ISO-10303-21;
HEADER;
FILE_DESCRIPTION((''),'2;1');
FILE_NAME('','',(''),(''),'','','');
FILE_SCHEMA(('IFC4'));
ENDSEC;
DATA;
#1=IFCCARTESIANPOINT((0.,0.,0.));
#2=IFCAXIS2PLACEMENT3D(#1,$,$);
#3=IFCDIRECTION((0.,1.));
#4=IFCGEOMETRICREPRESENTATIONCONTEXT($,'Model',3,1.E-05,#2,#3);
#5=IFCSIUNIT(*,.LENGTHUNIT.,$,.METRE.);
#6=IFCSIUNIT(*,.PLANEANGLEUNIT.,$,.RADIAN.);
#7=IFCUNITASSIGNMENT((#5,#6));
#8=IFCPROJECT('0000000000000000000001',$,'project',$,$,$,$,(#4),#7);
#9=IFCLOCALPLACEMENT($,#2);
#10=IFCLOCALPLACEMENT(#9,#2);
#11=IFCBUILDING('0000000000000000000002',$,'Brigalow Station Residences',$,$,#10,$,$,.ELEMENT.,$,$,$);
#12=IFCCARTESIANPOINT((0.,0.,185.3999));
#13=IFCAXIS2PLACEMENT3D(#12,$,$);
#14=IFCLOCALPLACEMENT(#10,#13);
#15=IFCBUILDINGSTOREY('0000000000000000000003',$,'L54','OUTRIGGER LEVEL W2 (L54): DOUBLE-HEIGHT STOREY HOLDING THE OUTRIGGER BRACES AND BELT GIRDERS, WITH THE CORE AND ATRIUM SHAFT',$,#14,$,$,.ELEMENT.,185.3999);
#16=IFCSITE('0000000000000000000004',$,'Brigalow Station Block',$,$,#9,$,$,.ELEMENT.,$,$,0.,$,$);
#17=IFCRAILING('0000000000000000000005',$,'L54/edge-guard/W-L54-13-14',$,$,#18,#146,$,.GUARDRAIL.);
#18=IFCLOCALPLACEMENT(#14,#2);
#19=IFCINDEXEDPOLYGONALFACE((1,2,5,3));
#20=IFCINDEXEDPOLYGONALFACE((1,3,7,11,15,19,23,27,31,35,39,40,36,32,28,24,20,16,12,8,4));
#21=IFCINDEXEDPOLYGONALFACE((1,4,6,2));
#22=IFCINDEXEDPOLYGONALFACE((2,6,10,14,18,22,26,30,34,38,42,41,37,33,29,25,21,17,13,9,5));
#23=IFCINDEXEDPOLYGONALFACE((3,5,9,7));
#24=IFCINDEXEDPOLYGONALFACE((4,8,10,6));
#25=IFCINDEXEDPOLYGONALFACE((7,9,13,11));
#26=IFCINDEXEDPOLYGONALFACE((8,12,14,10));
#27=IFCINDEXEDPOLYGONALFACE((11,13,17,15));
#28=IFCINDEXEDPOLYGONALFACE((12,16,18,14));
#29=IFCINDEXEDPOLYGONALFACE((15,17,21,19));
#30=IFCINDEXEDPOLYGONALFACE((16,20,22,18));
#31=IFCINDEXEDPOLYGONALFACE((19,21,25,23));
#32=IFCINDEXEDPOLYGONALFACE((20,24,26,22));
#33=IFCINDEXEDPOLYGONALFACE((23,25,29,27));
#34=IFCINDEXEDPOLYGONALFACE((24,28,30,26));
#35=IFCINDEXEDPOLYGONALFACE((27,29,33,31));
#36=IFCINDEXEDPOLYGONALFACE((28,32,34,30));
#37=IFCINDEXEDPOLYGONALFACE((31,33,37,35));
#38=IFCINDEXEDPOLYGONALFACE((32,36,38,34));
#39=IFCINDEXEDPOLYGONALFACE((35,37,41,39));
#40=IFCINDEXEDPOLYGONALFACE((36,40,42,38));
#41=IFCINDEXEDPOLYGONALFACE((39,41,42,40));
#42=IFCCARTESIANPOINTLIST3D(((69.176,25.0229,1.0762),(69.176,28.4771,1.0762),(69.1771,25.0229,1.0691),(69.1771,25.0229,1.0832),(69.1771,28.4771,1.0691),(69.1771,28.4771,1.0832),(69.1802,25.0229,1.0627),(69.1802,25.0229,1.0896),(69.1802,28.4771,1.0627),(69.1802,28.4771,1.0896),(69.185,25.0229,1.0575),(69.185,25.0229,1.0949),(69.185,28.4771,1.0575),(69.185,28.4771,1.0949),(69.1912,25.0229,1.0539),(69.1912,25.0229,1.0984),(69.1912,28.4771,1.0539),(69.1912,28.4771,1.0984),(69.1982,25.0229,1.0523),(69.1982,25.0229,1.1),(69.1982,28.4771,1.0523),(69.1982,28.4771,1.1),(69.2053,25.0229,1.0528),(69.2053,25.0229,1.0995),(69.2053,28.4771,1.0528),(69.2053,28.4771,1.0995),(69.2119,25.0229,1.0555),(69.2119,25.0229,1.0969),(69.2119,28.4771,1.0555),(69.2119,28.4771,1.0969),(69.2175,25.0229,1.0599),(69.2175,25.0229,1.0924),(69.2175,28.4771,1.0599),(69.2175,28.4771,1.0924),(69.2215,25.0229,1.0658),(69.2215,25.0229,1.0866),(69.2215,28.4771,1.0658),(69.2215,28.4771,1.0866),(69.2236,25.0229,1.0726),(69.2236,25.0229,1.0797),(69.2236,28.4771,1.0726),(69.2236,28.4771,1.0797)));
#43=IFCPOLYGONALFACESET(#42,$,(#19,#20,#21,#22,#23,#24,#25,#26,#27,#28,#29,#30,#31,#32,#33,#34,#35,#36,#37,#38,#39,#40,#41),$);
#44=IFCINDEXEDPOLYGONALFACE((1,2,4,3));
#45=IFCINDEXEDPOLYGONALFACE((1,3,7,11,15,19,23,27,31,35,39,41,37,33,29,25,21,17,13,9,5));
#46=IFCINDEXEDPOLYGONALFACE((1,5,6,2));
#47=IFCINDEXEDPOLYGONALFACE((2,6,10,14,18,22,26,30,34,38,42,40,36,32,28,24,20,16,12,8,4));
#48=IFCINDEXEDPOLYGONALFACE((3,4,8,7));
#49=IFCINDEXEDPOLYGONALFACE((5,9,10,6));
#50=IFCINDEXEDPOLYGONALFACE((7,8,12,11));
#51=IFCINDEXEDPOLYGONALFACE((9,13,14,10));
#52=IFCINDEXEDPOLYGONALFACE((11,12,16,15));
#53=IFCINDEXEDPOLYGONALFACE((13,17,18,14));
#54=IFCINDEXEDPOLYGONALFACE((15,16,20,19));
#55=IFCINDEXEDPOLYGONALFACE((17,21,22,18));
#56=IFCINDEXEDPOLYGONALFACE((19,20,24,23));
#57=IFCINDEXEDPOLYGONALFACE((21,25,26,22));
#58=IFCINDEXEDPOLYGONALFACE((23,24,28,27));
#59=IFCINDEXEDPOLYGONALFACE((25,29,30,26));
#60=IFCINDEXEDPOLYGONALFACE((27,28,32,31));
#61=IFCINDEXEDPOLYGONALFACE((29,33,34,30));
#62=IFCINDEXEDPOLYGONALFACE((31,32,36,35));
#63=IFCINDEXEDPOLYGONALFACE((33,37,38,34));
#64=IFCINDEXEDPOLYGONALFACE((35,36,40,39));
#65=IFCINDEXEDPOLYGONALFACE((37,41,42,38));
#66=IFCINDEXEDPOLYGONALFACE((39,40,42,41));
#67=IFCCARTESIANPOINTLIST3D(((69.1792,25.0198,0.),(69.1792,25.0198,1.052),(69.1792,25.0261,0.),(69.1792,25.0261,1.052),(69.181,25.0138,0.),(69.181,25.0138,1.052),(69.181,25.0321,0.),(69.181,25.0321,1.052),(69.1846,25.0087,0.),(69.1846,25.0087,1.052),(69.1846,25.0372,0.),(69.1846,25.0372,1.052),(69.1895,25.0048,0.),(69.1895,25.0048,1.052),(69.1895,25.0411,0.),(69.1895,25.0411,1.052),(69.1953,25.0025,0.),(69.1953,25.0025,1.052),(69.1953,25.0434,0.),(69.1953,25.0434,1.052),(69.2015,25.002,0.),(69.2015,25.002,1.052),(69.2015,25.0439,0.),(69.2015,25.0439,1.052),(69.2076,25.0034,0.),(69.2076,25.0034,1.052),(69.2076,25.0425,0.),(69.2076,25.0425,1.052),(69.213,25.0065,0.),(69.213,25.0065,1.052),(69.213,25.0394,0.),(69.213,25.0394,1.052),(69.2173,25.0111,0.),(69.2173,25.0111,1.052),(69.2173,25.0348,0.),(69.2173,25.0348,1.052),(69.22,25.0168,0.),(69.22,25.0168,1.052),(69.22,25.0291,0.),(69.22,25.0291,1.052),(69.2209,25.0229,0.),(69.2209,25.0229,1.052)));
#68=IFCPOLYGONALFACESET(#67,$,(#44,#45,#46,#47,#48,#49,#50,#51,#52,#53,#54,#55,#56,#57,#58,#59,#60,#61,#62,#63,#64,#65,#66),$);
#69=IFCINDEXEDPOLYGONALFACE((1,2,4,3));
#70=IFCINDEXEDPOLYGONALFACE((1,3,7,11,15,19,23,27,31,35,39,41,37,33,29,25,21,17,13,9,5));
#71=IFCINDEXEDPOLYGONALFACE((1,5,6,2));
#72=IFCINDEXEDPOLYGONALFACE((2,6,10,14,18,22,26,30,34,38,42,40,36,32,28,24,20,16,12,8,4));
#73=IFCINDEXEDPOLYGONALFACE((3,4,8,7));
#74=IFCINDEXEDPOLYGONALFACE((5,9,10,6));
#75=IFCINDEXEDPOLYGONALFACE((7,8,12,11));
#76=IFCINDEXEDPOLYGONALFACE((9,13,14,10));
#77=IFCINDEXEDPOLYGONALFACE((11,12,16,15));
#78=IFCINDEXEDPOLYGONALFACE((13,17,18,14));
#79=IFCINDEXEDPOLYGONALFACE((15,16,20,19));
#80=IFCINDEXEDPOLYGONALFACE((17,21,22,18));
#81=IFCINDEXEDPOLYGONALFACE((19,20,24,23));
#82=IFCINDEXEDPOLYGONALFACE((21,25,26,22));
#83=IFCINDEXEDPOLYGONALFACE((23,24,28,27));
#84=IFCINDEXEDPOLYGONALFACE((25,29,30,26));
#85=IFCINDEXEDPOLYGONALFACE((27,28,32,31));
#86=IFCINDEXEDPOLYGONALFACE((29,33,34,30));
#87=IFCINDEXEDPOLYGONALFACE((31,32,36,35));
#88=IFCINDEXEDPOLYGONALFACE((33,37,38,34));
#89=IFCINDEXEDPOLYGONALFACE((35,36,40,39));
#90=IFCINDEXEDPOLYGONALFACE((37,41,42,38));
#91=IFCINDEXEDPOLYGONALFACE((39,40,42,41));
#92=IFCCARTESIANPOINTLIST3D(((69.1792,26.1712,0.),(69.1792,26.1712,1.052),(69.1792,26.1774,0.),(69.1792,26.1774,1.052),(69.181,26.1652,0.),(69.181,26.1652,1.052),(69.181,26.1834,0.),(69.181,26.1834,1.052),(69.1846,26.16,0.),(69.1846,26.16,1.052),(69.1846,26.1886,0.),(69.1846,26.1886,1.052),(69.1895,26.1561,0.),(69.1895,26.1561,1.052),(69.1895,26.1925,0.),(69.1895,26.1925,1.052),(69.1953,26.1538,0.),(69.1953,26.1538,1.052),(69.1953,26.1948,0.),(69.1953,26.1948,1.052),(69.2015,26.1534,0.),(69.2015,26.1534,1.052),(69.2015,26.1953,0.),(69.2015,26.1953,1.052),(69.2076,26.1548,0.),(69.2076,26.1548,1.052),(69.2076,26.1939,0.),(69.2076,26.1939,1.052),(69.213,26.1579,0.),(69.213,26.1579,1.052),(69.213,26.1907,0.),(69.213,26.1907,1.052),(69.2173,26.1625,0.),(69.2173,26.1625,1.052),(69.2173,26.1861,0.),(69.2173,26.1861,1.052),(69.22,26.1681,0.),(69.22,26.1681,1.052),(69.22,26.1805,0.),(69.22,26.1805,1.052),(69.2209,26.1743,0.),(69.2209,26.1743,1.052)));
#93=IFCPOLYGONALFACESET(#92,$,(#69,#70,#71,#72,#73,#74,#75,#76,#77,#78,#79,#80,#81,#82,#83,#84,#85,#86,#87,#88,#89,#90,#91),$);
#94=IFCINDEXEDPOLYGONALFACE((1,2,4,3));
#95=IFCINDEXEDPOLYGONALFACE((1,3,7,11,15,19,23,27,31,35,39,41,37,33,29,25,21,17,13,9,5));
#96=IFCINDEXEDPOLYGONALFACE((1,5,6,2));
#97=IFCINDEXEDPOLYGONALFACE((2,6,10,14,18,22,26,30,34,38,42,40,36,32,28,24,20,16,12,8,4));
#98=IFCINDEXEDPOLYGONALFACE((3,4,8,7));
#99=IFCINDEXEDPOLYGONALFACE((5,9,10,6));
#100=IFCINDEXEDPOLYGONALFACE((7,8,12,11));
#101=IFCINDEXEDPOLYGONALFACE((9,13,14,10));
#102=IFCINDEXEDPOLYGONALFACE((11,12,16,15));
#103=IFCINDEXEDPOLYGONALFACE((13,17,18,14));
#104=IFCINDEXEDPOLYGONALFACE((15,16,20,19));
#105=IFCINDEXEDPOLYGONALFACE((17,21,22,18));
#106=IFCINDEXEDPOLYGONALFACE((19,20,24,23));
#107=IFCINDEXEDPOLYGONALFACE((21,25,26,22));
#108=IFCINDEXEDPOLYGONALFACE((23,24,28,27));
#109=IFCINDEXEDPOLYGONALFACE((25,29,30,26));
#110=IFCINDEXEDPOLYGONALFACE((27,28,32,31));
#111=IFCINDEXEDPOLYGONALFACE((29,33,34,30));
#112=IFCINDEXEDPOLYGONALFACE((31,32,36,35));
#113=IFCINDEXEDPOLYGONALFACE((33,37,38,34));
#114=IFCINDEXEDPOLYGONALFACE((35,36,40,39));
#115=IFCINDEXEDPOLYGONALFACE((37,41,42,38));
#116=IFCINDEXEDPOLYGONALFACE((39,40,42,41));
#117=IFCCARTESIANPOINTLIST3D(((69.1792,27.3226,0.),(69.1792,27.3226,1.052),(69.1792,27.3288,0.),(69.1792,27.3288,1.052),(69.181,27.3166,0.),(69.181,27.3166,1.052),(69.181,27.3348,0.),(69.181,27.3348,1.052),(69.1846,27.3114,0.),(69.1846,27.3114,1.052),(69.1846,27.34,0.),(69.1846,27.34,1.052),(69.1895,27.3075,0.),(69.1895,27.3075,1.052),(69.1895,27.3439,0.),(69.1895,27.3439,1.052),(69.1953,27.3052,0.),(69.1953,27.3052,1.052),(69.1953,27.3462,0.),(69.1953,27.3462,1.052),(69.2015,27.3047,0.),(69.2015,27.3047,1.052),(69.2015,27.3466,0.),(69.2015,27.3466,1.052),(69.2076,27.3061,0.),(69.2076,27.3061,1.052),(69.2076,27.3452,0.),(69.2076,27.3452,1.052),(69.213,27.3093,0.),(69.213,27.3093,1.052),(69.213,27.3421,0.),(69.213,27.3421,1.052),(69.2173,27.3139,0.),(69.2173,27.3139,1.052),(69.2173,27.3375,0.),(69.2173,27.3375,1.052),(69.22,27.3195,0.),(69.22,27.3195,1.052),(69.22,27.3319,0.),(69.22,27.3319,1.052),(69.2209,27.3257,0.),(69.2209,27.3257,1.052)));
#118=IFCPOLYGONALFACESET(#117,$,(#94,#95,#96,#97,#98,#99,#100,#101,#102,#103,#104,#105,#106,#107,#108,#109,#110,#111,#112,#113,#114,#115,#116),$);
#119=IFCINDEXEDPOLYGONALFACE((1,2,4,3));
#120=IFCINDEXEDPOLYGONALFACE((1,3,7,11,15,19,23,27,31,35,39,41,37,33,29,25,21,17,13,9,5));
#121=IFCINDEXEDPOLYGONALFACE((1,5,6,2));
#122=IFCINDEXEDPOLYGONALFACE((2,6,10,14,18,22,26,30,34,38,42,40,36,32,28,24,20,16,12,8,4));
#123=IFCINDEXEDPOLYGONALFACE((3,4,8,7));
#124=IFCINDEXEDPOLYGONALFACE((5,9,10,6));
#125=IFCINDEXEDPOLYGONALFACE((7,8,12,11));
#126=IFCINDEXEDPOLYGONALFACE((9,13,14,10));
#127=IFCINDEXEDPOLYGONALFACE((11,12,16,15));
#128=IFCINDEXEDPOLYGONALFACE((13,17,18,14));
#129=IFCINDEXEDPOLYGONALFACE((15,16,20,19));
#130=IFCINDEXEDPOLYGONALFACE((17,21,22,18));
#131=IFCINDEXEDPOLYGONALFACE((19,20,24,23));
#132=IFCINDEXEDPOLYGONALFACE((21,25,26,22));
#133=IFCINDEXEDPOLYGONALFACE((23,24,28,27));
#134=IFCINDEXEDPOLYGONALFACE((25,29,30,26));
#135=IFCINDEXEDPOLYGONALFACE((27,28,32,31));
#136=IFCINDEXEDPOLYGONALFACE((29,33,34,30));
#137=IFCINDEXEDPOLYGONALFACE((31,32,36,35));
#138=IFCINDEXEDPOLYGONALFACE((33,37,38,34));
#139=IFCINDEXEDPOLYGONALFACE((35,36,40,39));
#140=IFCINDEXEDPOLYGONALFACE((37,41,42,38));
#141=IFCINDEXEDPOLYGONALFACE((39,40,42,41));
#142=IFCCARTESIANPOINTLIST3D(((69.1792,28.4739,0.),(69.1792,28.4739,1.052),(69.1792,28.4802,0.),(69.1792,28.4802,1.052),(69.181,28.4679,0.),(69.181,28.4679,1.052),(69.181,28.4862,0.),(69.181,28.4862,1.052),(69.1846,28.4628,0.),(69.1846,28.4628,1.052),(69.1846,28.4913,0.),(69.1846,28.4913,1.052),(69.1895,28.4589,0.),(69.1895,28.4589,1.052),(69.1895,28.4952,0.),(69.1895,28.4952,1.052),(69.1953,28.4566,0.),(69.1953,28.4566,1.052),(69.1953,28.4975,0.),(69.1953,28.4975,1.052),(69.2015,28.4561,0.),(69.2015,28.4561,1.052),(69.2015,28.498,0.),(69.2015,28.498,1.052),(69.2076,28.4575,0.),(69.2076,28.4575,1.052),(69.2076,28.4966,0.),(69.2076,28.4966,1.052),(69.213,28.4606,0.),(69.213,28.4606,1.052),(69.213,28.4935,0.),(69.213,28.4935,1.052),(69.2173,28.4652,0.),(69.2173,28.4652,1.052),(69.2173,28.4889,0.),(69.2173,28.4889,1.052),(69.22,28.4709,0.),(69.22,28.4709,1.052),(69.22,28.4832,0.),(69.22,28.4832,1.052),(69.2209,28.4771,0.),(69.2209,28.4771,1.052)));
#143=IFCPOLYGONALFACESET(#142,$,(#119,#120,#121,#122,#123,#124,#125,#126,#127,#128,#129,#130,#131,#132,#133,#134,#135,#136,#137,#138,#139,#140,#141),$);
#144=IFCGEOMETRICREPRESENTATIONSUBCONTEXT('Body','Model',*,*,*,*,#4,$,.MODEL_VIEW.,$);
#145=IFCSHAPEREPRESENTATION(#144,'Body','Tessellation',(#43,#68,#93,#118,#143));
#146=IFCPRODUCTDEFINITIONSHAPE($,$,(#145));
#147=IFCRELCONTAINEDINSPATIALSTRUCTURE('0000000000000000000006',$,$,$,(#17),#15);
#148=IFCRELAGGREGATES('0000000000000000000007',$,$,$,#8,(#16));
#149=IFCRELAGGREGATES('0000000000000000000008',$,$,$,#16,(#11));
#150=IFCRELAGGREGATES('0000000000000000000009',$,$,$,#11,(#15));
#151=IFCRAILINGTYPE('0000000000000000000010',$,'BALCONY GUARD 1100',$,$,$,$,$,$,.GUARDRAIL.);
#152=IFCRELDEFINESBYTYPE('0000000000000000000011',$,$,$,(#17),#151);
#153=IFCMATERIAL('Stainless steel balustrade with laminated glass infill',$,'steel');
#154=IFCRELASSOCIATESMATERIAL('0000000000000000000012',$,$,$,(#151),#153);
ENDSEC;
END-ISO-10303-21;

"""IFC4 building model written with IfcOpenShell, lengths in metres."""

from ifc_helpers import new_model, si_unit, direction, frame, origin, origin_2d, place, context, subcontext, project, spatial, circle, extrude, material, type_object, element, save


model = new_model("IFC4")

# Units and contexts
model_context = context("Model", 3, precision=1e-05, world=origin(), true_north=direction((0.0, 1.0)))
body_context = subcontext(model_context, "Body", "Model", "MODEL_VIEW")
ifc_project = project(units=[si_unit("LENGTHUNIT", "METRE"), si_unit("PLANEANGLEUNIT", "RADIAN")], contexts=[model_context])

# Site, building, storey
site_placement = place(None, origin())
site = spatial("IfcSite", under=ifc_project, at=site_placement, Name="Brigalow Station Block", CompositionType="ELEMENT", RefElevation=0.0)
building_placement = place(site_placement, origin())
building = spatial("IfcBuilding", under=site, at=building_placement, Name="Brigalow Station Residences", CompositionType="ELEMENT")
storey_placement = place(building_placement, frame((0.0, 0.0, 185.3999)))
storey = spatial("IfcBuildingStorey", under=building, at=storey_placement, Name="L54", Description="OUTRIGGER LEVEL W2 (L54): DOUBLE-HEIGHT STOREY HOLDING THE OUTRIGGER BRACES AND BELT GIRDERS, WITH THE CORE AND ATRIUM SHAFT", CompositionType="ELEMENT", Elevation=185.3999)

# Railing
ifc_material_1 = material(Name="Stainless steel balustrade with laminated glass infill", Category="steel")
railing_type_1 = type_object("IfcRailingType", Name="BALCONY GUARD 1100", PredefinedType="GUARDRAIL", material=ifc_material_1)
railing_1_placement = place(storey_placement, frame((69.2, 25.0229, 0.0)))
element("IfcRailing", 1, at=railing_1_placement, inside=storey, type_object=railing_type_1, Name="L54/edge-guard/W-L54-13-14", PredefinedType="GUARDRAIL", context=body_context, shape_type="SweptSolid", body=[
    extrude(circle(Radius=0.0239, at=origin_2d()), frame((0.0, 0.0, 1.0762), z_axis=(0.0, 1.0, 0.0), x_axis=(-1.0, 0.0, 0.0)), (0.0, 0.0, 1.0), 3.4541),
    extrude(circle(Radius=0.021, at=origin_2d()), origin(), (0.0, 0.0, 1.0), 1.052),
    extrude(circle(Radius=0.021, at=origin_2d()), frame((0.0, 1.1514, 0.0)), (0.0, 0.0, 1.0), 1.052),
    extrude(circle(Radius=0.021, at=origin_2d()), frame((0.0, 2.3027, 0.0)), (0.0, 0.0, 1.0), 1.052),
    extrude(circle(Radius=0.021, at=origin_2d()), frame((0.0, 3.4541, 0.0)), (0.0, 0.0, 1.0), 1.052),
])

save(model, "model.ifc")
